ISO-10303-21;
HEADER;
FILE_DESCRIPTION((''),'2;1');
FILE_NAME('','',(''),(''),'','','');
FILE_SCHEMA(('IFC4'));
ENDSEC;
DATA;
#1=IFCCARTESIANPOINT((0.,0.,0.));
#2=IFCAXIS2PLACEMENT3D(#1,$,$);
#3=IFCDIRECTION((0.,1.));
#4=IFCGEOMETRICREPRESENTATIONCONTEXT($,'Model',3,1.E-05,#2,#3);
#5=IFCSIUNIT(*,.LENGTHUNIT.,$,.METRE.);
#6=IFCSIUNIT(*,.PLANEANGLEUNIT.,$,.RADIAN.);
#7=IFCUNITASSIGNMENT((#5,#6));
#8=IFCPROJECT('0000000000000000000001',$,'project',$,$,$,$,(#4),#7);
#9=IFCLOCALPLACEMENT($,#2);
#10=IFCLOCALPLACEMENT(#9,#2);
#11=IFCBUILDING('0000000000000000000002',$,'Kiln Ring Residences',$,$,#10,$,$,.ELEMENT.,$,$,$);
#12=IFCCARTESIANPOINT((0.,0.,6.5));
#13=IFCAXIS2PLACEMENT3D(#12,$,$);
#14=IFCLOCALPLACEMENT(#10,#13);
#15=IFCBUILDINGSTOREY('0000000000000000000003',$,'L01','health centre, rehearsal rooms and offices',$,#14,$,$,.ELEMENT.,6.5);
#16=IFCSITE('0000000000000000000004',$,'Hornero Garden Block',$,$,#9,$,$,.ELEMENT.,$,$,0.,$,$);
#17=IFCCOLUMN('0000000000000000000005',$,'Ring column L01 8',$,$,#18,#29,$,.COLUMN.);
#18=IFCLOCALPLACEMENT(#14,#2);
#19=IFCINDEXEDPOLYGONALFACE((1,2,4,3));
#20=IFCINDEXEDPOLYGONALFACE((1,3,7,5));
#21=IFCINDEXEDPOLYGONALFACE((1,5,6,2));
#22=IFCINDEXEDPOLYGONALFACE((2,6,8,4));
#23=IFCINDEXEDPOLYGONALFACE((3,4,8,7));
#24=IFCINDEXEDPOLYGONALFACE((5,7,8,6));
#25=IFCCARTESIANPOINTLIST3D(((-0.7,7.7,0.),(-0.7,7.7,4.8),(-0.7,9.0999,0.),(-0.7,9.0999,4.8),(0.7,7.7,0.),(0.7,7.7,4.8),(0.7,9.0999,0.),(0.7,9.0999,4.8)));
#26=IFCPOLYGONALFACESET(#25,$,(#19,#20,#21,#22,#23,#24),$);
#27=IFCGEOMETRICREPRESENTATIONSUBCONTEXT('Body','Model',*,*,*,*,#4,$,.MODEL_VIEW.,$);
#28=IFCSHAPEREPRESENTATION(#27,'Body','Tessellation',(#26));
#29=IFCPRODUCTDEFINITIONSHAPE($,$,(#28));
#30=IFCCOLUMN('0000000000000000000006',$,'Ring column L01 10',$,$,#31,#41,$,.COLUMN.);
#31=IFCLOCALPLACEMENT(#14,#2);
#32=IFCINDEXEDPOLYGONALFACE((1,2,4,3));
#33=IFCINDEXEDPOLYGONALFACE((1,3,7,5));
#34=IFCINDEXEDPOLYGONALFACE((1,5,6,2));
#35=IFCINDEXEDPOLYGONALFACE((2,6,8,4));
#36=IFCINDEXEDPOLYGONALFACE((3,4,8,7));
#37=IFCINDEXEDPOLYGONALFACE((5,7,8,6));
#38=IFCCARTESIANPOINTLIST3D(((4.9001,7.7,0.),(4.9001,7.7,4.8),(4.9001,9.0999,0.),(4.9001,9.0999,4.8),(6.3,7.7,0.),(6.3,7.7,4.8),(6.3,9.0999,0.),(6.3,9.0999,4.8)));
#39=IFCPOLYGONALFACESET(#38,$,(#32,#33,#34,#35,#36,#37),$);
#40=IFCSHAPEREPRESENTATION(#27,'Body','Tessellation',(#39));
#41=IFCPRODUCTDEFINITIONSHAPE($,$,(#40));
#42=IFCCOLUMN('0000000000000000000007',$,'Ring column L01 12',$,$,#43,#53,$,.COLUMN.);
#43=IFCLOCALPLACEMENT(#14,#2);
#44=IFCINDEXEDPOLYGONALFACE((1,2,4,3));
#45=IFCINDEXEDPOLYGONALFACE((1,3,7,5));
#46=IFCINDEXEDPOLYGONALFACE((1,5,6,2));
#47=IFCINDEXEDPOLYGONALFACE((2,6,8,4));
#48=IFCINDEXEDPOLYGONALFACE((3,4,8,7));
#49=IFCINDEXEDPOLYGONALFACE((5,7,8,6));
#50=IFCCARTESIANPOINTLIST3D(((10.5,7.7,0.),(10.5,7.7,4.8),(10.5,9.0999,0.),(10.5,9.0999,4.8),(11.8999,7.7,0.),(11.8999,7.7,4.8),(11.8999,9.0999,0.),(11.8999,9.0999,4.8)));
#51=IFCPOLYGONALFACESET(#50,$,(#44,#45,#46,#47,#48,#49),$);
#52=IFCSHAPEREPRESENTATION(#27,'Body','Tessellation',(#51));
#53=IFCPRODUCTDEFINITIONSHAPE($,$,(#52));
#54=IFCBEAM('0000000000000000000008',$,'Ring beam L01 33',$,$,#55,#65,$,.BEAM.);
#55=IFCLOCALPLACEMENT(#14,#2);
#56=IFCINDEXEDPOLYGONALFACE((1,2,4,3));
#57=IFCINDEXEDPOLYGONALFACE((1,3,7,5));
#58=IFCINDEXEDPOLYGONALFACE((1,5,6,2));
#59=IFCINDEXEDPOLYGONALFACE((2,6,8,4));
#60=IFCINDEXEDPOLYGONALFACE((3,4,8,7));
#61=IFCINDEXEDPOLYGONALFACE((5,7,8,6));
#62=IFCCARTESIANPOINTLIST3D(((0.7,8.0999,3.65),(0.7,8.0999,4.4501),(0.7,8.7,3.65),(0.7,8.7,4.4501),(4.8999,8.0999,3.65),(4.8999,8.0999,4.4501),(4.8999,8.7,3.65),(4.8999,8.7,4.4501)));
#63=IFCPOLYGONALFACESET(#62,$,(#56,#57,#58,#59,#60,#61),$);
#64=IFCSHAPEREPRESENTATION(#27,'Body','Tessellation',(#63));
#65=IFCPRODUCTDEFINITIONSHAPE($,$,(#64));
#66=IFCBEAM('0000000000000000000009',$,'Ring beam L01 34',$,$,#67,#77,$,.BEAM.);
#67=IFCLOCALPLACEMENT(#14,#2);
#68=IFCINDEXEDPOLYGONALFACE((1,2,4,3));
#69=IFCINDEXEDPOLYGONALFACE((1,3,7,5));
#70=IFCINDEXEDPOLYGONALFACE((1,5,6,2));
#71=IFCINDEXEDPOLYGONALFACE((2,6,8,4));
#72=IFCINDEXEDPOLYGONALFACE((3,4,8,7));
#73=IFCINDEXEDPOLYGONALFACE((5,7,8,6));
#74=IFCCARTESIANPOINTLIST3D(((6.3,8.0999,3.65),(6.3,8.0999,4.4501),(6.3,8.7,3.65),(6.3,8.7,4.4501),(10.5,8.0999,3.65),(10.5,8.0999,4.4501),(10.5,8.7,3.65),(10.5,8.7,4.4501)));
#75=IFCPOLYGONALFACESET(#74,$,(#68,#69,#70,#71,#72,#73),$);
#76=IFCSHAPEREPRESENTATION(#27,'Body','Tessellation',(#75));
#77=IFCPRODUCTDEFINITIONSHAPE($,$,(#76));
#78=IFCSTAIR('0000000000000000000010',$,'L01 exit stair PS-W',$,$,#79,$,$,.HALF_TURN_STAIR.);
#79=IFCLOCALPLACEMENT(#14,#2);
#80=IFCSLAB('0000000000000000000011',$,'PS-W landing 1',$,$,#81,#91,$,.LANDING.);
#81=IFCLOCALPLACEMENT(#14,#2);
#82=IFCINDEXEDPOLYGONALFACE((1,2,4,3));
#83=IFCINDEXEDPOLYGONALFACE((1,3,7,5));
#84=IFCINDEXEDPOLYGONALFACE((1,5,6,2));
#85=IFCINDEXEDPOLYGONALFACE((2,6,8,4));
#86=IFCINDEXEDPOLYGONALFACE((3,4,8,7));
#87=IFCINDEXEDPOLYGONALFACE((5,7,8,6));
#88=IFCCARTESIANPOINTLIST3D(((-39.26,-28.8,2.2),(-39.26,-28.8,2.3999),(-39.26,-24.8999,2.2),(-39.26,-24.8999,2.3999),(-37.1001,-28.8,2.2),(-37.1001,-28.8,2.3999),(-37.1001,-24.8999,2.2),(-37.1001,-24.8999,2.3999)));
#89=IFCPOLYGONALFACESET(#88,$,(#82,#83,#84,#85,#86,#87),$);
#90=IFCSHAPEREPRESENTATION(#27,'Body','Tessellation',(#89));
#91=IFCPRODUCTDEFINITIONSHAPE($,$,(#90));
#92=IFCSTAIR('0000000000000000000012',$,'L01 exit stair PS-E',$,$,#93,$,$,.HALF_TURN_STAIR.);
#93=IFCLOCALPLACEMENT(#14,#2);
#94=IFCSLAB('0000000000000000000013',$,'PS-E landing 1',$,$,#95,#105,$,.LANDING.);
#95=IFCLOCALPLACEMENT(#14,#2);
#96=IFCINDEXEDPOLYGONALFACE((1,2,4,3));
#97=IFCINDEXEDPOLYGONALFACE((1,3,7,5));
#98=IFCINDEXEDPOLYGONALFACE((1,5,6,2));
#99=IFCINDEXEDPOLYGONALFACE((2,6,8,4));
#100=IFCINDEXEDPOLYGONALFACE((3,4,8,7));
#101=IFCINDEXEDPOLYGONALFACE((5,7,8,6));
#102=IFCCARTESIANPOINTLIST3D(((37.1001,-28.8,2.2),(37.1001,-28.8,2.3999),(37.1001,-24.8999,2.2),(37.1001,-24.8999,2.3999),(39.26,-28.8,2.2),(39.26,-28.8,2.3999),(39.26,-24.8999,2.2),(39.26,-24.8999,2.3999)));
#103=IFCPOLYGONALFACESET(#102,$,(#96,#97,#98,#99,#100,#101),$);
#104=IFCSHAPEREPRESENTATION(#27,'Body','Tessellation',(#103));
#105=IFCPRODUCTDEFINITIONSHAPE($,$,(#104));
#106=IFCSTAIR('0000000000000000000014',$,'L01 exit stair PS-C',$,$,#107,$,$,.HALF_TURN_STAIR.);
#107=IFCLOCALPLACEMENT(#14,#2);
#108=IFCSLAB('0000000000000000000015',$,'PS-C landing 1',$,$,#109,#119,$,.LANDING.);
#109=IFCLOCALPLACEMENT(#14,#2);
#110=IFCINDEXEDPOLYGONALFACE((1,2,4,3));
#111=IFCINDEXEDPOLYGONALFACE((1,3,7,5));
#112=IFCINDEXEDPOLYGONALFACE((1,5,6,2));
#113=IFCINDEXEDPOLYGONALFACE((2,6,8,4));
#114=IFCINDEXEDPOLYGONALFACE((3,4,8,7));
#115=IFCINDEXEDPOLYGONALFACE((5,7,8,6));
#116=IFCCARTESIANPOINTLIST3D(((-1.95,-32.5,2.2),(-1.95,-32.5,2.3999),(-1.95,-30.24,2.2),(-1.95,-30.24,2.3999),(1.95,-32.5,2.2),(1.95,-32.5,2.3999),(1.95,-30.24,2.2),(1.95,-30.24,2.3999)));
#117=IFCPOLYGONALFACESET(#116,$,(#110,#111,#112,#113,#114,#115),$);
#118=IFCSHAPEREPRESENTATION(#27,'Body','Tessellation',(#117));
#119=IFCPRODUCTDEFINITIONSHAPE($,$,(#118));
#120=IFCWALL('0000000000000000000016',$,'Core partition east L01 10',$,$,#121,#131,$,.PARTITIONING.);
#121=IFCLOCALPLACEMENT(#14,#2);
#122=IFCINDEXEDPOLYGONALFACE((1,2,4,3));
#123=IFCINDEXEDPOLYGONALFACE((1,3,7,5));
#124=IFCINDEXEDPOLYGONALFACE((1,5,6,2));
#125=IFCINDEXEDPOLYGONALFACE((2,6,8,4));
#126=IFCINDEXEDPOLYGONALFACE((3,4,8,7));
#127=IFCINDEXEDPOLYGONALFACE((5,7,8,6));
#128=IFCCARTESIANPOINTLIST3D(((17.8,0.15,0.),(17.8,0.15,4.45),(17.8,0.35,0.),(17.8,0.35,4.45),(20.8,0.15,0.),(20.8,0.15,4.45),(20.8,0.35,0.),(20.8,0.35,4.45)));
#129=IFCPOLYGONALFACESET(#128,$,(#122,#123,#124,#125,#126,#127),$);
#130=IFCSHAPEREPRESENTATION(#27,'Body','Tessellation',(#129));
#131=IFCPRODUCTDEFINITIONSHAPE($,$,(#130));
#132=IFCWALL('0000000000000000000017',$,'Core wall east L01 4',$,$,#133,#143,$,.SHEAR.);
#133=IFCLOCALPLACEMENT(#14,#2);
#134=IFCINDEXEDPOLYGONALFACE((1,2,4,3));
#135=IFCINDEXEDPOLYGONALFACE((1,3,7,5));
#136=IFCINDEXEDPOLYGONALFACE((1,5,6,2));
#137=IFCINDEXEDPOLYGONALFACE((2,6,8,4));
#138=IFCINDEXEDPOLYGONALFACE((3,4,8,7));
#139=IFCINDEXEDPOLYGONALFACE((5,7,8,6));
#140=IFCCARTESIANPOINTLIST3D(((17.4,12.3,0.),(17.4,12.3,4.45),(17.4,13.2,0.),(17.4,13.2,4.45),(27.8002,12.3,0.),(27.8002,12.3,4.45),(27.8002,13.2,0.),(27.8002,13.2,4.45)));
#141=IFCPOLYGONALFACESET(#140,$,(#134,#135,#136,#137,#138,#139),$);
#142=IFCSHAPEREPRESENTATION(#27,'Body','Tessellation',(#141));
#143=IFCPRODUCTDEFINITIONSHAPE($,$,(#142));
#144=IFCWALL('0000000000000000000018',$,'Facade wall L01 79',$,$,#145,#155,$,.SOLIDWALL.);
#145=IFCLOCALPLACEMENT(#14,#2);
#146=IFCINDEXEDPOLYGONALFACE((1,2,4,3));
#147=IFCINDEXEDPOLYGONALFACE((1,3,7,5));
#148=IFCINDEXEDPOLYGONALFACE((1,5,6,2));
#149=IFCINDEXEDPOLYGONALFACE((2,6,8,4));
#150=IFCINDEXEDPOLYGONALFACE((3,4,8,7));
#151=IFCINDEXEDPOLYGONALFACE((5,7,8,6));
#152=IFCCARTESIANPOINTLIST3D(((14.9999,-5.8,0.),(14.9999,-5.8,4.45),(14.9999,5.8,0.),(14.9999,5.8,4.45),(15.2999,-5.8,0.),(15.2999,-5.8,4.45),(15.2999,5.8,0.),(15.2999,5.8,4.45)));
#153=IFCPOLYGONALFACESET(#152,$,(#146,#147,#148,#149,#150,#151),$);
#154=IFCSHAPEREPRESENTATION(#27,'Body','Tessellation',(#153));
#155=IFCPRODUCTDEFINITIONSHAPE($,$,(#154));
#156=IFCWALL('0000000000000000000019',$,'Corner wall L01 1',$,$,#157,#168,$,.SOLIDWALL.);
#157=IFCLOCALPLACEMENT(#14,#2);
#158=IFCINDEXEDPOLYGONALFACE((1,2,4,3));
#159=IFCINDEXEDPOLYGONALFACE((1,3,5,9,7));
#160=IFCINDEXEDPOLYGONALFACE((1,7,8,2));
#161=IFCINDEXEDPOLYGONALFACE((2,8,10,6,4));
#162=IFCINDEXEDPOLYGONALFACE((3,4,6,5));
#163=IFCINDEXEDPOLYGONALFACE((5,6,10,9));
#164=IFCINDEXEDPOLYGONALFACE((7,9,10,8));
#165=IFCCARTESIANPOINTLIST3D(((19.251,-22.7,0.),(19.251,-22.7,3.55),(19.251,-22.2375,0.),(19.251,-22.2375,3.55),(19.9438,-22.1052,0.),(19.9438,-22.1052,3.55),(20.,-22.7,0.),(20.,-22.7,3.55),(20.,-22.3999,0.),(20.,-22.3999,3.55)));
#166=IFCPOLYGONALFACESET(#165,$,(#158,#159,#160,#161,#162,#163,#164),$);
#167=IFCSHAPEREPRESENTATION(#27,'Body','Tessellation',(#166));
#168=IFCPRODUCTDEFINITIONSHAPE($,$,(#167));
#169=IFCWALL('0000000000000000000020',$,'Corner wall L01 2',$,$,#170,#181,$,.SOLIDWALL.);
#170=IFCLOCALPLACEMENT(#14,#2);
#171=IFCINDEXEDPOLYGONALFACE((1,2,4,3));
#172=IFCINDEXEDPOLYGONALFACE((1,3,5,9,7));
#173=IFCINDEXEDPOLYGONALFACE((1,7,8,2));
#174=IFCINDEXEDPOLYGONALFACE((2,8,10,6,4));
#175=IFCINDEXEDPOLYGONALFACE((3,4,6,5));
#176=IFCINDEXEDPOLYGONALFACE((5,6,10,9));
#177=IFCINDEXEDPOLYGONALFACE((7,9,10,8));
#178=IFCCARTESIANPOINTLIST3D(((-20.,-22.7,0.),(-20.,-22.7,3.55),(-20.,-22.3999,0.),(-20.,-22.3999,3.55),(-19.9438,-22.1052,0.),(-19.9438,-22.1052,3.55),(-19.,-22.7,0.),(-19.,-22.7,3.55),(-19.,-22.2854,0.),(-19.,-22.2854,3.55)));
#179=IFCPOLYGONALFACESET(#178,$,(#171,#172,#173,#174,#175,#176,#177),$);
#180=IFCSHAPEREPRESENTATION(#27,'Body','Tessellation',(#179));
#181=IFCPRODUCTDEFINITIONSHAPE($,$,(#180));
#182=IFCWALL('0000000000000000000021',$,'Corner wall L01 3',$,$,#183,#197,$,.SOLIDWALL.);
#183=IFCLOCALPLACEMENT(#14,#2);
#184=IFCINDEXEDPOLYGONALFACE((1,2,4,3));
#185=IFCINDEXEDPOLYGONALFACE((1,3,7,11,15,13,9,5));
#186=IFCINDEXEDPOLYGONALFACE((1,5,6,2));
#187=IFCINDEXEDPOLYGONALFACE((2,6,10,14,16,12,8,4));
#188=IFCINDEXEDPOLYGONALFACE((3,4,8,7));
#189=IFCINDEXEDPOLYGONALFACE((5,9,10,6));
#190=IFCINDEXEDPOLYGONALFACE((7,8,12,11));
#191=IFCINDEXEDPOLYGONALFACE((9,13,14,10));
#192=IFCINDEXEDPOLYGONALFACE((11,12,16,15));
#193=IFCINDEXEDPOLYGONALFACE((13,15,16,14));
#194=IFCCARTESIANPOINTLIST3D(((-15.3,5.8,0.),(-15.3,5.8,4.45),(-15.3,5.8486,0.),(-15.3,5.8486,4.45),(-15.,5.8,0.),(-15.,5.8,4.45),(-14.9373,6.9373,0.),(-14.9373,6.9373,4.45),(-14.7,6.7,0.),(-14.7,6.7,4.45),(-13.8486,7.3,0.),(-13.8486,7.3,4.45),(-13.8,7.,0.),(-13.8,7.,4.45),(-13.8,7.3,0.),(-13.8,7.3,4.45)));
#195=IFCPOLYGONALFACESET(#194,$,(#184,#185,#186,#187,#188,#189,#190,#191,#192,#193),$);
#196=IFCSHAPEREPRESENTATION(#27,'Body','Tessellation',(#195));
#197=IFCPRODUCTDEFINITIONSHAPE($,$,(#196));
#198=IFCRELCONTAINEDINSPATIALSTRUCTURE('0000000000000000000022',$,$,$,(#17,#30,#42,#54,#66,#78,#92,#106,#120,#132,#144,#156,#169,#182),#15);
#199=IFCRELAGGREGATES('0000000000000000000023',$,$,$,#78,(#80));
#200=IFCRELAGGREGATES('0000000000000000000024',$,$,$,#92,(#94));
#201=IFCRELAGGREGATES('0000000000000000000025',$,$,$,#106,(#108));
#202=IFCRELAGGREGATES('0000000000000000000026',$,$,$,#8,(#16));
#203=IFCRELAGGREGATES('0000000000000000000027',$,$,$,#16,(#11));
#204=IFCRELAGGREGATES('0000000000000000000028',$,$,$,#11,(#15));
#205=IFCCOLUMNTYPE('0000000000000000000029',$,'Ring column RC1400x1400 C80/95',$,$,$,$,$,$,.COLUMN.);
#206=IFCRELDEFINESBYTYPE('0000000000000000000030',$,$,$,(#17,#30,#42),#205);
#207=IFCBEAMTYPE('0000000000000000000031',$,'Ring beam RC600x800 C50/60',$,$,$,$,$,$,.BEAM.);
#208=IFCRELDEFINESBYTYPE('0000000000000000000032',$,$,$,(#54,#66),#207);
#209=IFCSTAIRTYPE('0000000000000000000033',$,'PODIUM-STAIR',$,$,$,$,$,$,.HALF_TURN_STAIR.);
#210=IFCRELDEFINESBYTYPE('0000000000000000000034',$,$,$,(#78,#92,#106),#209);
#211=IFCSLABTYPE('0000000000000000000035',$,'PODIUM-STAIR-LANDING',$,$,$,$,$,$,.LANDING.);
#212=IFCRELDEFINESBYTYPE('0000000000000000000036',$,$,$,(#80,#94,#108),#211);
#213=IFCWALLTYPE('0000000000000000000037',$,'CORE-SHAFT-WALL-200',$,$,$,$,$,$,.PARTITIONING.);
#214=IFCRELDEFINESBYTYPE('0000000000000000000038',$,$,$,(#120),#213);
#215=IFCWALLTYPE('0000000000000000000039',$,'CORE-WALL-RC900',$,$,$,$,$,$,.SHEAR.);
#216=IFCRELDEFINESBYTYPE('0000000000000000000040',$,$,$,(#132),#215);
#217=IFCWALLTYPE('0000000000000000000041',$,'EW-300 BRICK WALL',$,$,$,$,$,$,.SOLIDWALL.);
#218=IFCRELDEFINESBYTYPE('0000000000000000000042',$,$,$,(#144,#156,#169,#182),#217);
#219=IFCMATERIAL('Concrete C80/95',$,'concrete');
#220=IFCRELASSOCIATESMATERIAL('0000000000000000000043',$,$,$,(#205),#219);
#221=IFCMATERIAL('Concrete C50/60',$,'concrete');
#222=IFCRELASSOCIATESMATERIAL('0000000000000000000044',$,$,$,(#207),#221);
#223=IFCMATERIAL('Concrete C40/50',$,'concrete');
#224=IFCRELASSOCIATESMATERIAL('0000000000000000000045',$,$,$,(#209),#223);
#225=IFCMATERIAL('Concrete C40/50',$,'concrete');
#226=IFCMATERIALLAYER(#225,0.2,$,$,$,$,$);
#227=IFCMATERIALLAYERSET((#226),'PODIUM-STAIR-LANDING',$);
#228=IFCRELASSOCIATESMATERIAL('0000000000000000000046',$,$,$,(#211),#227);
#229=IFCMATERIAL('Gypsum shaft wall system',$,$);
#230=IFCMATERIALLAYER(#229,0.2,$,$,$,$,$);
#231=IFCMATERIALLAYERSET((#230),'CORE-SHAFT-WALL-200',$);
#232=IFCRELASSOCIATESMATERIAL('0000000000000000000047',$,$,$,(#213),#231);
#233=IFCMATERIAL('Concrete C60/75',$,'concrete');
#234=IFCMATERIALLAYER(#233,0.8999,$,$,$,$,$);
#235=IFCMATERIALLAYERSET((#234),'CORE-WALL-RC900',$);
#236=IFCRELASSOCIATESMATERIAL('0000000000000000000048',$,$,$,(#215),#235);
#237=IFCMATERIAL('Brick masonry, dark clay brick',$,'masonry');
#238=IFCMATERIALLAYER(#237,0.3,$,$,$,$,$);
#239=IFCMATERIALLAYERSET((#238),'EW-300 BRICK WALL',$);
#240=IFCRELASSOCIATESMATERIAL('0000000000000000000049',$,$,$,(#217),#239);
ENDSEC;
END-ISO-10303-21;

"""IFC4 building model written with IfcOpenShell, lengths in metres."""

from ifc_helpers import new_model, si_unit, direction, frame, frame_2d, origin, origin_2d, place, context, subcontext, project, spatial, polyline, rectangle, outline, extrude, material, layer, layer_set, material_profile, profile_set, type_object, element, aggregate, save


model = new_model("IFC4")

# Units and contexts
model_context = context("Model", 3, precision=1e-05, world=origin(), true_north=direction((0.0, 1.0)))
body_context = subcontext(model_context, "Body", "Model", "MODEL_VIEW")
ifc_project = project(units=[si_unit("LENGTHUNIT", "METRE"), si_unit("PLANEANGLEUNIT", "RADIAN")], contexts=[model_context])

# Site, building, storey
site_placement = place(None, origin())
site = spatial("IfcSite", under=ifc_project, at=site_placement, Name="Hornero Garden Block", CompositionType="ELEMENT", RefElevation=0.0)
building_placement = place(site_placement, origin())
building = spatial("IfcBuilding", under=site, at=building_placement, Name="Kiln Ring Residences", CompositionType="ELEMENT")
storey_placement = place(building_placement, frame((0.0, 0.0, 6.5)))
storey = spatial("IfcBuildingStorey", under=building, at=storey_placement, Name="L01", Description="health centre, rehearsal rooms and offices", CompositionType="ELEMENT", Elevation=6.5)

# Columns
ifc_material_1 = material(Name="Concrete C80/95", Category="concrete")
ifc_material_profile_1 = material_profile(ifc_material_1, rectangle(XDim=1.3999, YDim=1.3999, at=origin_2d()), Name="RC1400x1400")
ifc_profile_set_1 = profile_set([ifc_material_profile_1], Name="Concrete C80/95")
column_type = type_object("IfcColumnType", Name="Ring column RC1400x1400 C80/95", PredefinedType="COLUMN", material=ifc_profile_set_1)
for number, where, z_axis, x_axis, name in (
    (1, (0.0, 8.3999, 0.0), (0.0, 0.0, 1.0), (1.0, 0.0, 0.0), "Ring column L01 8"),
    (2, (5.6001, 8.3999, 0.0), (0.0, 0.0, 1.0), (1.0, 0.0, 0.0), "Ring column L01 10"),
    (3, (11.2, 8.3999, 0.0), (0.0, 0.0, 1.0), (1.0, 0.0, 0.0), "Ring column L01 12"),
):
    element("IfcColumn", number, at=place(storey_placement, frame(where, z_axis=z_axis, x_axis=x_axis)), inside=storey, type_object=column_type, Name=name, PredefinedType="COLUMN", context=body_context, shape_type="SweptSolid", body=[
        extrude(rectangle(XDim=1.3999, YDim=1.3999, at=origin_2d()), origin(), (0.0, 0.0, 1.0), 4.8),
    ])

# Beams
ifc_material_2 = material(Name="Concrete C50/60", Category="concrete")
ifc_material_profile_2 = material_profile(ifc_material_2, rectangle(XDim=0.6001, YDim=0.8, at=origin_2d()), Name="RC600x800")
ifc_profile_set_2 = profile_set([ifc_material_profile_2], Name="Concrete C50/60")
beam_type = type_object("IfcBeamType", Name="Ring beam RC600x800 C50/60", PredefinedType="BEAM", material=ifc_profile_set_2)
for number, where, z_axis, x_axis, name in (
    (4, (0.7, 8.3999, 4.05), (1.0, 0.0, 0.0), (0.0, 1.0, 0.0), "Ring beam L01 33"),
    (5, (6.3, 8.3999, 4.05), (1.0, 0.0, 0.0), (0.0, 1.0, 0.0), "Ring beam L01 34"),
):
    element("IfcBeam", number, at=place(storey_placement, frame(where, z_axis=z_axis, x_axis=x_axis)), inside=storey, type_object=beam_type, Name=name, PredefinedType="BEAM", context=body_context, shape_type="SweptSolid", body=[
        extrude(rectangle(XDim=0.6001, YDim=0.8, at=origin_2d()), origin(), (0.0, 0.0, 1.0), 4.2),
    ])

# Stairs, slabs
ifc_material_3 = material(Name="Concrete C40/50", Category="concrete")
stair_type = type_object("IfcStairType", Name="PODIUM-STAIR", PredefinedType="HALF_TURN_STAIR", material=ifc_material_3)
placement_1 = place(storey_placement, origin())
stair_1 = element("IfcStair", 6, at=placement_1, inside=storey, type_object=stair_type, Name="L01 exit stair PS-W", PredefinedType="HALF_TURN_STAIR")
ifc_material_4 = material(Name="Concrete C40/50", Category="concrete")
ifc_layer_1 = layer(ifc_material_4, 0.2)
ifc_layer_set_1 = layer_set([ifc_layer_1], Name="PODIUM-STAIR-LANDING")
slab_type = type_object("IfcSlabType", Name="PODIUM-STAIR-LANDING", PredefinedType="LANDING", material=ifc_layer_set_1)
placement_2 = place(storey_placement, frame((0.0, 0.0, 2.2)))
slab_1 = element("IfcSlab", 7, at=placement_2, type_object=slab_type, Name="PS-W landing 1", PredefinedType="LANDING", context=body_context, shape_type="SweptSolid", body=[
    extrude(outline(polyline([(-39.26, -28.8), (-37.1001, -28.8), (-37.1001, -24.8999), (-39.26, -24.8999), (-39.26, -28.8)])), origin(), (0.0, 0.0, 1.0), 0.2),
])
aggregate(stair_1, [slab_1])
stair_2 = element("IfcStair", 8, at=placement_1, inside=storey, type_object=stair_type, Name="L01 exit stair PS-E", PredefinedType="HALF_TURN_STAIR")
slab_2 = element("IfcSlab", 9, at=placement_2, type_object=slab_type, Name="PS-E landing 1", PredefinedType="LANDING", context=body_context, shape_type="SweptSolid", body=[
    extrude(outline(polyline([(39.26, -24.8999), (37.1001, -24.8999), (37.1001, -28.8), (39.26, -28.8), (39.26, -24.8999)])), origin(), (0.0, 0.0, 1.0), 0.2),
])
aggregate(stair_2, [slab_2])
stair_3 = element("IfcStair", 10, at=placement_1, inside=storey, type_object=stair_type, Name="L01 exit stair PS-C", PredefinedType="HALF_TURN_STAIR")
slab_3 = element("IfcSlab", 11, at=placement_2, type_object=slab_type, Name="PS-C landing 1", PredefinedType="LANDING", context=body_context, shape_type="SweptSolid", body=[
    extrude(outline(polyline([(-1.95, -30.24), (-1.95, -32.5), (1.95, -32.5), (1.95, -30.24), (-1.95, -30.24)])), origin(), (0.0, 0.0, 1.0), 0.2),
])
aggregate(stair_3, [slab_3])

# Walls
ifc_material_5 = material(Name="Gypsum shaft wall system")
ifc_layer_2 = layer(ifc_material_5, 0.2)
ifc_layer_set_2 = layer_set([ifc_layer_2], Name="CORE-SHAFT-WALL-200")
wall_type_1 = type_object("IfcWallType", Name="CORE-SHAFT-WALL-200", PredefinedType="PARTITIONING", material=ifc_layer_set_2)
wall_1_placement = place(storey_placement, frame((17.8, 0.25, 0.0), z_axis=(0.0, 0.0, 1.0), x_axis=(1.0, 0.0, 0.0)))
element("IfcWall", 12, at=wall_1_placement, inside=storey, type_object=wall_type_1, Name="Core partition east L01 10", PredefinedType="PARTITIONING", context=body_context, shape_type="SweptSolid", body=[
    extrude(rectangle(XDim=3.0, YDim=0.2, at=frame_2d((1.5, 0.0))), origin(), (0.0, 0.0, 1.0), 4.45),
])
ifc_material_6 = material(Name="Concrete C60/75", Category="concrete")
ifc_layer_3 = layer(ifc_material_6, 0.8999)
ifc_layer_set_3 = layer_set([ifc_layer_3], Name="CORE-WALL-RC900")
wall_type_2 = type_object("IfcWallType", Name="CORE-WALL-RC900", PredefinedType="SHEAR", material=ifc_layer_set_3)
wall_2_placement = place(storey_placement, frame((17.3999, 12.75, 0.0), z_axis=(0.0, 0.0, 1.0), x_axis=(1.0, 0.0, 0.0)))
element("IfcWall", 13, at=wall_2_placement, inside=storey, type_object=wall_type_2, Name="Core wall east L01 4", PredefinedType="SHEAR", context=body_context, shape_type="SweptSolid", body=[
    extrude(rectangle(XDim=10.4001, YDim=0.8999, at=frame_2d((5.2002, 0.0))), origin(), (0.0, 0.0, 1.0), 4.45),
])
ifc_material_7 = material(Name="Brick masonry, dark clay brick", Category="masonry")
ifc_layer_4 = layer(ifc_material_7, 0.3)
ifc_layer_set_4 = layer_set([ifc_layer_4], Name="EW-300 BRICK WALL")
wall_type_3 = type_object("IfcWallType", Name="EW-300 BRICK WALL", PredefinedType="SOLIDWALL", material=ifc_layer_set_4)
wall_3_placement = place(storey_placement, frame((15.1499, 5.8, 0.0), z_axis=(0.0, 0.0, 1.0), x_axis=(0.0, -1.0, 0.0)))
element("IfcWall", 14, at=wall_3_placement, inside=storey, type_object=wall_type_3, Name="Facade wall L01 79", PredefinedType="SOLIDWALL", context=body_context, shape_type="SweptSolid", body=[
    extrude(rectangle(XDim=11.6001, YDim=0.3, at=frame_2d((5.8, 0.0))), origin(), (0.0, 0.0, 1.0), 4.45),
])
element("IfcWall", 15, at=placement_1, inside=storey, type_object=wall_type_3, Name="Corner wall L01 1", PredefinedType="SOLIDWALL", context=body_context, shape_type="SweptSolid", body=[
    extrude(outline(polyline([(19.9438, -22.1052), (19.251, -22.2375), (19.251, -22.7), (20.0, -22.7), (20.0, -22.3999), (19.9438, -22.1052)])), origin(), (0.0, 0.0, 1.0), 3.55),
])
element("IfcWall", 16, at=placement_1, inside=storey, type_object=wall_type_3, Name="Corner wall L01 2", PredefinedType="SOLIDWALL", context=body_context, shape_type="SweptSolid", body=[
    extrude(outline(polyline([(-20.0, -22.7), (-19.0, -22.7), (-19.0, -22.2854), (-19.9438, -22.1052), (-20.0, -22.3999), (-20.0, -22.7)])), origin(), (0.0, 0.0, 1.0), 3.55),
])
element("IfcWall", 17, at=placement_1, inside=storey, type_object=wall_type_3, Name="Corner wall L01 3", PredefinedType="SOLIDWALL", context=body_context, shape_type="SweptSolid", body=[
    extrude(outline(polyline([(-13.8486, 7.3), (-14.9373, 6.9373), (-15.3, 5.8486), (-15.3, 5.8), (-15.0, 5.8), (-14.7, 6.7), (-13.8, 7.0), (-13.8, 7.3), (-13.8486, 7.3)])), origin(), (0.0, 0.0, 1.0), 4.45),
])

save(model, "model.ifc")
